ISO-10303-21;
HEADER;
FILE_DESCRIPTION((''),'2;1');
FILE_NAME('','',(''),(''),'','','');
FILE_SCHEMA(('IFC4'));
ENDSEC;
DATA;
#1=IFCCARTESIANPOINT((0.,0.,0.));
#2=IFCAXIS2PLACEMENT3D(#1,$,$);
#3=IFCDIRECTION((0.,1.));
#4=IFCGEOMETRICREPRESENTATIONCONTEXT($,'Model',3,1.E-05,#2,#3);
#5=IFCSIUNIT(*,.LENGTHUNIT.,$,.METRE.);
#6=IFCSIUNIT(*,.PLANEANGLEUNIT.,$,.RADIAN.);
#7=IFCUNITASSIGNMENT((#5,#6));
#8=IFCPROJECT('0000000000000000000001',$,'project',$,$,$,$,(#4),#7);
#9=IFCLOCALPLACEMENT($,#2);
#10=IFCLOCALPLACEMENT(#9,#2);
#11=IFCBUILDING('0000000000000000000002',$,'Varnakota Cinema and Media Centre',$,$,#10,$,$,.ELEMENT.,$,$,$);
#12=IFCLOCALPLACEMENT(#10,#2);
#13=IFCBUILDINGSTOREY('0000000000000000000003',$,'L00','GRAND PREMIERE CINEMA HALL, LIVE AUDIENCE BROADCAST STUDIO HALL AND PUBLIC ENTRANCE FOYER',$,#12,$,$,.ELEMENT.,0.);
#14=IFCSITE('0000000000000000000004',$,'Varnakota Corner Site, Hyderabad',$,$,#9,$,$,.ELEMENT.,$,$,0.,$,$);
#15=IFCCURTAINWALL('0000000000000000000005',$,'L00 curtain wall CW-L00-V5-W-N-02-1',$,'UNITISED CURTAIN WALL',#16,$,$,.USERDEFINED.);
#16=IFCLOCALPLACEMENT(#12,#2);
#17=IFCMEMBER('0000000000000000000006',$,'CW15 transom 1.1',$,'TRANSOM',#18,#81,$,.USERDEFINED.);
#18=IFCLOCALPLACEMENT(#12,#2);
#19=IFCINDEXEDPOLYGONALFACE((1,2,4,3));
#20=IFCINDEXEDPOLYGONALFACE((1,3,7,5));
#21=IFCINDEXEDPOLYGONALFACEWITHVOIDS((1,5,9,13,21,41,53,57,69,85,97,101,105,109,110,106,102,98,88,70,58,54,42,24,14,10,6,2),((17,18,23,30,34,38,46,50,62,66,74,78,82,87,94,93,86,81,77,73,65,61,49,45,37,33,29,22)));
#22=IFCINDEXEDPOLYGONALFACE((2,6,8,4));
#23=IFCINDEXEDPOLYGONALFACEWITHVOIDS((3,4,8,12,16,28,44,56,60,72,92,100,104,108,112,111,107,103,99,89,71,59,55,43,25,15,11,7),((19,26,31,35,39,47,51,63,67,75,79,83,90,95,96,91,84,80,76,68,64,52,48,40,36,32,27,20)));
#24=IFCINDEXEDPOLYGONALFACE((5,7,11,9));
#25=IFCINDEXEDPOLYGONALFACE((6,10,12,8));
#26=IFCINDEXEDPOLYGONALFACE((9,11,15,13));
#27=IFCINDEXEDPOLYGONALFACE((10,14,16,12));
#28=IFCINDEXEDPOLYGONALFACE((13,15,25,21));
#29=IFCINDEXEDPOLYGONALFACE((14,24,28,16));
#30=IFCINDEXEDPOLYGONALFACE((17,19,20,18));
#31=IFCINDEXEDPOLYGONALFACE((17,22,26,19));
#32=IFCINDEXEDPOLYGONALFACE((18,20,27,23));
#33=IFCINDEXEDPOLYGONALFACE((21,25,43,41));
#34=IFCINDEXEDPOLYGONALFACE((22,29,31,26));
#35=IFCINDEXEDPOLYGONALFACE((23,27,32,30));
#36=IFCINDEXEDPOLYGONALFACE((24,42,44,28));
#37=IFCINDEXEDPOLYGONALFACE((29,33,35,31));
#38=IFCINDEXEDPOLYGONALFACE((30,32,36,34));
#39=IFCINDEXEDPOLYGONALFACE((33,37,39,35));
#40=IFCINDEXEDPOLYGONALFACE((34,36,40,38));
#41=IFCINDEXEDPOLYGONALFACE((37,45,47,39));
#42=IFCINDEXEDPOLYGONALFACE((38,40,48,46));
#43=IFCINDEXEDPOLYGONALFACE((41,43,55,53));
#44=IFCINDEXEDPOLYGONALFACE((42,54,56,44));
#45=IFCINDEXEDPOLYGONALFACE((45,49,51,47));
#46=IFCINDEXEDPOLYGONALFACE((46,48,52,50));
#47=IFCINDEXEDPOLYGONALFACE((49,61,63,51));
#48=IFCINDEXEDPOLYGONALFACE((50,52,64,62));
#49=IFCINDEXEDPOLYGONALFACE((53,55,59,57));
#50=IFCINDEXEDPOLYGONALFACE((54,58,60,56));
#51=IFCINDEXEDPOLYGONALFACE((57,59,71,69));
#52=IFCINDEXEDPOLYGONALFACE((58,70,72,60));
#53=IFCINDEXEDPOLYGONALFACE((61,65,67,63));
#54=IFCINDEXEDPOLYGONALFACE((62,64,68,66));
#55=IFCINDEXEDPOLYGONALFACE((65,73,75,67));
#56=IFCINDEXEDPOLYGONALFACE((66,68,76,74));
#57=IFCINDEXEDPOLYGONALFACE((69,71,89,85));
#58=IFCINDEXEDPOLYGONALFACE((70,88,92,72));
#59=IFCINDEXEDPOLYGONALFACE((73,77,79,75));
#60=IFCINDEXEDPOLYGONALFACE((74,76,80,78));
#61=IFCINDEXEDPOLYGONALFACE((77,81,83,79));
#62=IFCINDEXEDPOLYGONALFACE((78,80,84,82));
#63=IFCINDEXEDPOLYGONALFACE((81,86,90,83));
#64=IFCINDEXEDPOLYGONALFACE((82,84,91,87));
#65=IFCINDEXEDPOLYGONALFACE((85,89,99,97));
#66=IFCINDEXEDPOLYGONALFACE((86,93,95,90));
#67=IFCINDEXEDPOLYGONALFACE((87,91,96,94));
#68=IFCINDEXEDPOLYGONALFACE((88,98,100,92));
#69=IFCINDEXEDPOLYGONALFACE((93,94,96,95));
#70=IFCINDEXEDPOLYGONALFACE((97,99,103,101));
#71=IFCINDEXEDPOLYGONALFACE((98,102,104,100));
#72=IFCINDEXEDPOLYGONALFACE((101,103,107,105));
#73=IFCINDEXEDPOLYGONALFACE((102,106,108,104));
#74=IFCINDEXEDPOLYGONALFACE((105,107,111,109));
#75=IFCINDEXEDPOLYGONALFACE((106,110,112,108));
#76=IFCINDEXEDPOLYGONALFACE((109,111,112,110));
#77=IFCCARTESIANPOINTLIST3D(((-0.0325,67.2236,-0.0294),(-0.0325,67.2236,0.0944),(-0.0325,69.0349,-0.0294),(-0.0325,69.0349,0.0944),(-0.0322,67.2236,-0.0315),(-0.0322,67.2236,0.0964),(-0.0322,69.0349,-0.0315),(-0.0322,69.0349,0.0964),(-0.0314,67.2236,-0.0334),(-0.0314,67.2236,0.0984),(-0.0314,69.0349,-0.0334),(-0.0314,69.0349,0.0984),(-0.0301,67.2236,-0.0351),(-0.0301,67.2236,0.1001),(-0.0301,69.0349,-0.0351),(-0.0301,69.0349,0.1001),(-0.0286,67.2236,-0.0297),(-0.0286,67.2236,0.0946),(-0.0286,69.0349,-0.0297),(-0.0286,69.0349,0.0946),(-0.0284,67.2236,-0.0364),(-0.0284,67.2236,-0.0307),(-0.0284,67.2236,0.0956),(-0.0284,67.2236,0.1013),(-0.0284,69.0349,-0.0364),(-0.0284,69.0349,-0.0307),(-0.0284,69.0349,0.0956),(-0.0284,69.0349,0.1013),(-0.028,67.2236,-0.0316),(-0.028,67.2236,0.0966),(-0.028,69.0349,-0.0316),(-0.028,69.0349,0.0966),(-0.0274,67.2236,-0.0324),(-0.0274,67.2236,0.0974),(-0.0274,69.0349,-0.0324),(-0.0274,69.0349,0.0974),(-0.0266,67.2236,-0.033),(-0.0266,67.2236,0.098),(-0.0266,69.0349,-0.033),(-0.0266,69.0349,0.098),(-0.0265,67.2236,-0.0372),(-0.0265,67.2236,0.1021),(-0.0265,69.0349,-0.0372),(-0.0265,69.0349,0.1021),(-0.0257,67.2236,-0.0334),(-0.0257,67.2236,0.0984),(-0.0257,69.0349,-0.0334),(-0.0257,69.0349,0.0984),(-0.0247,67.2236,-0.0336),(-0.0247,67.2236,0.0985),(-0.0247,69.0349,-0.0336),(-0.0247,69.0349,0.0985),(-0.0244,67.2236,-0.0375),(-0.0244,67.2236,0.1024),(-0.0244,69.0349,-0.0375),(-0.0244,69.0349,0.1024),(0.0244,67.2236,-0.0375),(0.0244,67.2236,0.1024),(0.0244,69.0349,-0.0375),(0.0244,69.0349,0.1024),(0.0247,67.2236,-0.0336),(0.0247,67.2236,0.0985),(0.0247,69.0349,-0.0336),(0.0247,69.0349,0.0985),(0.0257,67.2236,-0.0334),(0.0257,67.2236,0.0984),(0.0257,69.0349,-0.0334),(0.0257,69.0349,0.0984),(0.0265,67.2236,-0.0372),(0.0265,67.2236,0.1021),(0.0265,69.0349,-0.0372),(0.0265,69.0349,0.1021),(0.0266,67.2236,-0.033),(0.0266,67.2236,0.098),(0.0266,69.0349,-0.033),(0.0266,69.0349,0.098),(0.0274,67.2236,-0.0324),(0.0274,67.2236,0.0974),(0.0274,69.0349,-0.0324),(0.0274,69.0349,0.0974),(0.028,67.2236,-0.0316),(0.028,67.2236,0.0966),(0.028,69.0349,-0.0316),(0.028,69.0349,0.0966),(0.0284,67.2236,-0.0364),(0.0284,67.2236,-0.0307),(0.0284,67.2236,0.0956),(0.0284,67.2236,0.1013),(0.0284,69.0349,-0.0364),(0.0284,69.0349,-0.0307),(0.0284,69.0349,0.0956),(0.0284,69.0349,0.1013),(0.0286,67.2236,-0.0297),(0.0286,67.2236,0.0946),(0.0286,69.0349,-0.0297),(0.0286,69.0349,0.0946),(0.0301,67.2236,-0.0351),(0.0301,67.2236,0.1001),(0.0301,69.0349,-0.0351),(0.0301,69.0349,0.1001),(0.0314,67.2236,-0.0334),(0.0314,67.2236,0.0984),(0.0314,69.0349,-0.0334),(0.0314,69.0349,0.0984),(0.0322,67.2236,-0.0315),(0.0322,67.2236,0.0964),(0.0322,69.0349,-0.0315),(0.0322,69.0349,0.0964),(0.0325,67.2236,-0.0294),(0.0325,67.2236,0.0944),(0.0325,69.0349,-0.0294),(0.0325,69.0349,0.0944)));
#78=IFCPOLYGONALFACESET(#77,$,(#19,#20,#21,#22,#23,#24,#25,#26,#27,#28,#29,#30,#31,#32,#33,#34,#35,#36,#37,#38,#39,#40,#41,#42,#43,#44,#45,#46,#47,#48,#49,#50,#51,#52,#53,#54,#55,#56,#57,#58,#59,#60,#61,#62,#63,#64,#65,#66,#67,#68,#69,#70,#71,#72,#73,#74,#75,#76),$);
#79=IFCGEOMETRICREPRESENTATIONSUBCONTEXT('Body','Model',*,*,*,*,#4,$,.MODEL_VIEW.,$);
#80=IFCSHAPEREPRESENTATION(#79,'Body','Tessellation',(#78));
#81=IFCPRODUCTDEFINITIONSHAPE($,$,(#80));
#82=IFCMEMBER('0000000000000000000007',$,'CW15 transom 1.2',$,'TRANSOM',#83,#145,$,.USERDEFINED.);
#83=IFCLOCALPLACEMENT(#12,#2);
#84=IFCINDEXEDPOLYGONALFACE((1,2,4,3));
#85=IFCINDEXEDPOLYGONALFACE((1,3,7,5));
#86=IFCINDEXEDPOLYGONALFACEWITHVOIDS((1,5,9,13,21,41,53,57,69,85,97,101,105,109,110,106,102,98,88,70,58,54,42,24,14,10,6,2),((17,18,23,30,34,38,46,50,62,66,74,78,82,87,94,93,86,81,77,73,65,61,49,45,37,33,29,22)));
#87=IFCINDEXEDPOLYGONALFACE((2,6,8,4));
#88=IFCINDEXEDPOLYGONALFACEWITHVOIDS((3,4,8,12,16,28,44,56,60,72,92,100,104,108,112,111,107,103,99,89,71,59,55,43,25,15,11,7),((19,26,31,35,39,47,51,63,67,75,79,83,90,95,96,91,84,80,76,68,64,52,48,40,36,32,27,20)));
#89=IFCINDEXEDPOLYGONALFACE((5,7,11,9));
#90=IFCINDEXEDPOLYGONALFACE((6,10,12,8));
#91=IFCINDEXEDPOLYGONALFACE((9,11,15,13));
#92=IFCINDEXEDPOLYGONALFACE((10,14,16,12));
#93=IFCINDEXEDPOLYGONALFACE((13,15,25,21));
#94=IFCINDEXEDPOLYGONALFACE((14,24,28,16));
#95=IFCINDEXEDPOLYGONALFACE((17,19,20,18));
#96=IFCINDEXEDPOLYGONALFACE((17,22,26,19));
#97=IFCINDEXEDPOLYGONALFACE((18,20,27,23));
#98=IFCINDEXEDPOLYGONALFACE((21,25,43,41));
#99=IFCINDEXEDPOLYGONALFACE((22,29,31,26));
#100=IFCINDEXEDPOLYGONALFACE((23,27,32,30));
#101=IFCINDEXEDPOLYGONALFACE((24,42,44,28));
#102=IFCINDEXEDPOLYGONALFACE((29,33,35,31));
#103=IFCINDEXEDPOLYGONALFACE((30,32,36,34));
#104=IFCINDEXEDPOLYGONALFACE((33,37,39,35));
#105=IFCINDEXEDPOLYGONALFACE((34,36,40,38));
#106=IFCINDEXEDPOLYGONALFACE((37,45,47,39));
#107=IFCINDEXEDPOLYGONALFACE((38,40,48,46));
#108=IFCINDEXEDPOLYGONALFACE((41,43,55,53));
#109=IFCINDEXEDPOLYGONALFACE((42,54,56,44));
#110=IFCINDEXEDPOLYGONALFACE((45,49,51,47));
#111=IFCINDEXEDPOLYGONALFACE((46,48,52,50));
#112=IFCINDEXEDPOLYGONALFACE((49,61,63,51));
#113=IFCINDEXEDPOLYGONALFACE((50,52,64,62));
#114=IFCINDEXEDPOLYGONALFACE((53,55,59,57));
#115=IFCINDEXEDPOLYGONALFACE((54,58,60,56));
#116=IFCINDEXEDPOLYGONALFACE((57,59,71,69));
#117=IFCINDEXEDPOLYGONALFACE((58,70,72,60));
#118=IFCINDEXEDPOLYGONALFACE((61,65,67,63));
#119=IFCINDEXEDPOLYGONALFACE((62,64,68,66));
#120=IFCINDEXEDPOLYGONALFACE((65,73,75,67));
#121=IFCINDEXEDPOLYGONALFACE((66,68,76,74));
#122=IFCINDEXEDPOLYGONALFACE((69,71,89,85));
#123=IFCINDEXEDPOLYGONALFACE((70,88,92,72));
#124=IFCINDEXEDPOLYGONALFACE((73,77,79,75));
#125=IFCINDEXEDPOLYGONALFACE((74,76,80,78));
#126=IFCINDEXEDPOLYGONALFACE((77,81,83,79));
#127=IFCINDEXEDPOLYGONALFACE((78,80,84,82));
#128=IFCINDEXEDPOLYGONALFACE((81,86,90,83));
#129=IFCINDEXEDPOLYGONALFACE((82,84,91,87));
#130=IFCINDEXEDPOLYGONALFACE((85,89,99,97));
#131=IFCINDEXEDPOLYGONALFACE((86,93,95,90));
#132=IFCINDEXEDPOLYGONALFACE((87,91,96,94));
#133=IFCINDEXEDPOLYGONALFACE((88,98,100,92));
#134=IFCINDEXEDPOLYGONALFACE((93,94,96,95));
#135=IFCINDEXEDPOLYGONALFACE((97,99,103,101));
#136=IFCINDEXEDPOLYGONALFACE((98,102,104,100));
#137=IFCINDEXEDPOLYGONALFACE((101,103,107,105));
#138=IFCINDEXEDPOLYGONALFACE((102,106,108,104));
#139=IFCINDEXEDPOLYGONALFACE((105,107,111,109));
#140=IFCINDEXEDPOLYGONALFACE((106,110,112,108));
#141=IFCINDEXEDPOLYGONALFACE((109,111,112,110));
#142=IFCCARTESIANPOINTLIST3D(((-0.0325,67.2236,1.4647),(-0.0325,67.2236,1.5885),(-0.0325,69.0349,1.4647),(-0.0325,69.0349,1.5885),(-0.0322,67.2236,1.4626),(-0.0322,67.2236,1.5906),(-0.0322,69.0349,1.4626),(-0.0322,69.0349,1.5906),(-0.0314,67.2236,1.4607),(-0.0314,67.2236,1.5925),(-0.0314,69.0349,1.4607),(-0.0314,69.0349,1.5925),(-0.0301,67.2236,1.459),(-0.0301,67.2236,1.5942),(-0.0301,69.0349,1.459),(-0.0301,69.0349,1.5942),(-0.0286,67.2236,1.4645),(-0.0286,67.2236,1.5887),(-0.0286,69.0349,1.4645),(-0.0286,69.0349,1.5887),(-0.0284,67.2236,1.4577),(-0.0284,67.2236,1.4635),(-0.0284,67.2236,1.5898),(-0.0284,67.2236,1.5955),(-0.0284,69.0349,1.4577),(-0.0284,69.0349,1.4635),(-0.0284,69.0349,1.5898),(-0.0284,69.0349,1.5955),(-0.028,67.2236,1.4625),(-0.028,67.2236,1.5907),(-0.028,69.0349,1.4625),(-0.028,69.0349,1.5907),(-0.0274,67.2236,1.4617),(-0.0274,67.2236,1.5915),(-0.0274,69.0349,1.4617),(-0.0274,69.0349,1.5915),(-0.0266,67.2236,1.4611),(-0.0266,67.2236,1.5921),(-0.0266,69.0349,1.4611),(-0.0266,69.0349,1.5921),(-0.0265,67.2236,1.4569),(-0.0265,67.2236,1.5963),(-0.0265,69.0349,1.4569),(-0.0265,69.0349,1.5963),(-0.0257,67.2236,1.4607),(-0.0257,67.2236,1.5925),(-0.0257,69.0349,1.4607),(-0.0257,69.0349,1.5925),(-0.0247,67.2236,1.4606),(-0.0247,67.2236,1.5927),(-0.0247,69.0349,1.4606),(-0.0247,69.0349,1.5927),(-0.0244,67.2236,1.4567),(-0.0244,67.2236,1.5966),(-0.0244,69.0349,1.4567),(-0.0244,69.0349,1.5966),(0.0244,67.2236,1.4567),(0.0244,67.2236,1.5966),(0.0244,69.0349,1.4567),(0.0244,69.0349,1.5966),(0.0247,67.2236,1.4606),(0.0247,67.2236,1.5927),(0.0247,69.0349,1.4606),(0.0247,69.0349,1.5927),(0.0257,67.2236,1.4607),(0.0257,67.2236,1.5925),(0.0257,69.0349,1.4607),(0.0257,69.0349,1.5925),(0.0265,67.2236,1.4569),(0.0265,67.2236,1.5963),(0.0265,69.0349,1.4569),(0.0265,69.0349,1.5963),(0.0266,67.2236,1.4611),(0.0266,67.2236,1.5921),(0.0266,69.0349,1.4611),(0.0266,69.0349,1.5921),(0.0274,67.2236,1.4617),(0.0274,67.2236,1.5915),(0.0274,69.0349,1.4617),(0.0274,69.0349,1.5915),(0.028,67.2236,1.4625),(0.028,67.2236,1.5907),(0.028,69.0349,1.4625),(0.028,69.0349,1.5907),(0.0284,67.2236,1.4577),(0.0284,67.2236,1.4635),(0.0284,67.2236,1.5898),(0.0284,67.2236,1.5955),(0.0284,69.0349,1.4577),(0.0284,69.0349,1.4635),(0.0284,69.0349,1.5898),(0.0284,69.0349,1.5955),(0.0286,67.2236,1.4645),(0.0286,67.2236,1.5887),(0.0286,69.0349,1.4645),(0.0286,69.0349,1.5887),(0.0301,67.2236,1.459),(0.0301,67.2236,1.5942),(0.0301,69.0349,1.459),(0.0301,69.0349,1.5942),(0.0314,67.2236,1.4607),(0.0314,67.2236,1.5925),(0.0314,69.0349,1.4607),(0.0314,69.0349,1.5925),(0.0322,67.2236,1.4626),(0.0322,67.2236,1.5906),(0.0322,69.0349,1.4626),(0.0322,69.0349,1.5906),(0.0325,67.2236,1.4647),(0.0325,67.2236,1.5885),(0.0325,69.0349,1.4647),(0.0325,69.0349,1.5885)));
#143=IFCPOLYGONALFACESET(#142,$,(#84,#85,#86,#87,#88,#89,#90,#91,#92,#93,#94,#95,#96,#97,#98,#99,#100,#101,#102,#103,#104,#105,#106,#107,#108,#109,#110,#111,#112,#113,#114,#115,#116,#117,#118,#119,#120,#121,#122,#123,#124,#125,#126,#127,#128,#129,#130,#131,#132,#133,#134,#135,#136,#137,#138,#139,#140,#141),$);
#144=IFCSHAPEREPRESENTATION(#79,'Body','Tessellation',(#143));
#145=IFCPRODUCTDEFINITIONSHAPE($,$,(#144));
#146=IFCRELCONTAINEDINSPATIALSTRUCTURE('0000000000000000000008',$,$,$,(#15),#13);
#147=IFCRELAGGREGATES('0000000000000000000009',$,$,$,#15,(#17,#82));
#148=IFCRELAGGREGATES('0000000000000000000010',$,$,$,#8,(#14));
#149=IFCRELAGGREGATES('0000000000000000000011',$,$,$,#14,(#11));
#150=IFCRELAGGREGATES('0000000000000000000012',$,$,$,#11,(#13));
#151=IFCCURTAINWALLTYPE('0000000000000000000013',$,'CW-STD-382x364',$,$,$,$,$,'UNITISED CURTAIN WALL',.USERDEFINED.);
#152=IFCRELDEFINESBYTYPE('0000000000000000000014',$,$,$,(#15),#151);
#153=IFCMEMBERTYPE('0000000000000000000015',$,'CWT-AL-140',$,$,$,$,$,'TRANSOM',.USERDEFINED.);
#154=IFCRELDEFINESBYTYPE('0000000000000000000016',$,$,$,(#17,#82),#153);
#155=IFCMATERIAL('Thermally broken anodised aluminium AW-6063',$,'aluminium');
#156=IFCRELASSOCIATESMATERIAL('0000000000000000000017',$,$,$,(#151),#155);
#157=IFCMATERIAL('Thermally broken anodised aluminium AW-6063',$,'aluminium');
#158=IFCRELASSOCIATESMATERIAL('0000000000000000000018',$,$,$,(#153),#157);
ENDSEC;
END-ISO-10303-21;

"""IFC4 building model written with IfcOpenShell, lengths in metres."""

from ifc_helpers import new_model, si_unit, direction, frame, origin, origin_2d, place, context, subcontext, project, spatial, hollow_rectangle, extrude, material, material_profile, profile_set, type_object, element, aggregate, save


model = new_model("IFC4")

# Units and contexts
model_context = context("Model", 3, precision=1e-05, world=origin(), true_north=direction((0.0, 1.0)))
body_context = subcontext(model_context, "Body", "Model", "MODEL_VIEW")
ifc_project = project(units=[si_unit("LENGTHUNIT", "METRE"), si_unit("PLANEANGLEUNIT", "RADIAN")], contexts=[model_context])

# Site, building, storey
site_placement = place(None, origin())
site = spatial("IfcSite", under=ifc_project, at=site_placement, Name="Varnakota Corner Site, Hyderabad", CompositionType="ELEMENT", RefElevation=0.0)
building_placement = place(site_placement, origin())
building = spatial("IfcBuilding", under=site, at=building_placement, Name="Varnakota Cinema and Media Centre", CompositionType="ELEMENT")
storey_placement = place(building_placement, origin())
storey = spatial("IfcBuildingStorey", under=building, at=storey_placement, Name="L00", Description="GRAND PREMIERE CINEMA HALL, LIVE AUDIENCE BROADCAST STUDIO HALL AND PUBLIC ENTRANCE FOYER", CompositionType="ELEMENT", Elevation=0.0)

# Curtain wall
ifc_material_1 = material(Name="Thermally broken anodised aluminium AW-6063", Category="aluminium")
curtain_wall_type = type_object("IfcCurtainWallType", Name="CW-STD-382x364", ElementType="UNITISED CURTAIN WALL", PredefinedType="USERDEFINED", material=ifc_material_1)
curtain_wall_1_placement = place(storey_placement, origin())
curtain_wall_1 = element("IfcCurtainWall", 1, at=curtain_wall_1_placement, inside=storey, type_object=curtain_wall_type, Name="L00 curtain wall CW-L00-V5-W-N-02-1", ObjectType="UNITISED CURTAIN WALL", PredefinedType="USERDEFINED")

# Members
ifc_material_2 = material(Name="Thermally broken anodised aluminium AW-6063", Category="aluminium")
ifc_material_profile_1 = material_profile(ifc_material_2, hollow_rectangle(XDim=0.0649, YDim=0.1399, WallThickness=0.0039, InnerFilletRadius=0.0039, OuterFilletRadius=0.0081, at=origin_2d()), Name="AL-TRANSOM 140x65x4")
ifc_profile_set_1 = profile_set([ifc_material_profile_1], Name="Thermally broken anodised aluminium AW-6063")
member_type_1 = type_object("IfcMemberType", Name="CWT-AL-140", ElementType="TRANSOM", PredefinedType="USERDEFINED", material=ifc_profile_set_1)
member_1_placement = place(storey_placement, frame((0.0, 69.0349, 0.0325), z_axis=(0.0, -1.0, 0.0), x_axis=(1.0, 0.0, 0.0)))
member_1 = element("IfcMember", 2, at=member_1_placement, type_object=member_type_1, Name="CW15 transom 1.1", ObjectType="TRANSOM", PredefinedType="USERDEFINED", context=body_context, shape_type="SweptSolid", body=[
    extrude(hollow_rectangle(XDim=0.0649, YDim=0.1399, WallThickness=0.0039, InnerFilletRadius=0.0039, OuterFilletRadius=0.0081, at=origin_2d()), origin(), (0.0, 0.0, 1.0), 1.8113),
])
member_2_placement = place(storey_placement, frame((0.0, 69.0349, 1.5266), z_axis=(0.0, -1.0, 0.0), x_axis=(1.0, 0.0, 0.0)))
member_2 = element("IfcMember", 3, at=member_2_placement, type_object=member_type_1, Name="CW15 transom 1.2", ObjectType="TRANSOM", PredefinedType="USERDEFINED", context=body_context, shape_type="SweptSolid", body=[
    extrude(hollow_rectangle(XDim=0.0649, YDim=0.1399, WallThickness=0.0039, InnerFilletRadius=0.0039, OuterFilletRadius=0.0081, at=origin_2d()), origin(), (0.0, 0.0, 1.0), 1.8113),
])

aggregate(curtain_wall_1, [member_1, member_2])

save(model, "model.ifc")
